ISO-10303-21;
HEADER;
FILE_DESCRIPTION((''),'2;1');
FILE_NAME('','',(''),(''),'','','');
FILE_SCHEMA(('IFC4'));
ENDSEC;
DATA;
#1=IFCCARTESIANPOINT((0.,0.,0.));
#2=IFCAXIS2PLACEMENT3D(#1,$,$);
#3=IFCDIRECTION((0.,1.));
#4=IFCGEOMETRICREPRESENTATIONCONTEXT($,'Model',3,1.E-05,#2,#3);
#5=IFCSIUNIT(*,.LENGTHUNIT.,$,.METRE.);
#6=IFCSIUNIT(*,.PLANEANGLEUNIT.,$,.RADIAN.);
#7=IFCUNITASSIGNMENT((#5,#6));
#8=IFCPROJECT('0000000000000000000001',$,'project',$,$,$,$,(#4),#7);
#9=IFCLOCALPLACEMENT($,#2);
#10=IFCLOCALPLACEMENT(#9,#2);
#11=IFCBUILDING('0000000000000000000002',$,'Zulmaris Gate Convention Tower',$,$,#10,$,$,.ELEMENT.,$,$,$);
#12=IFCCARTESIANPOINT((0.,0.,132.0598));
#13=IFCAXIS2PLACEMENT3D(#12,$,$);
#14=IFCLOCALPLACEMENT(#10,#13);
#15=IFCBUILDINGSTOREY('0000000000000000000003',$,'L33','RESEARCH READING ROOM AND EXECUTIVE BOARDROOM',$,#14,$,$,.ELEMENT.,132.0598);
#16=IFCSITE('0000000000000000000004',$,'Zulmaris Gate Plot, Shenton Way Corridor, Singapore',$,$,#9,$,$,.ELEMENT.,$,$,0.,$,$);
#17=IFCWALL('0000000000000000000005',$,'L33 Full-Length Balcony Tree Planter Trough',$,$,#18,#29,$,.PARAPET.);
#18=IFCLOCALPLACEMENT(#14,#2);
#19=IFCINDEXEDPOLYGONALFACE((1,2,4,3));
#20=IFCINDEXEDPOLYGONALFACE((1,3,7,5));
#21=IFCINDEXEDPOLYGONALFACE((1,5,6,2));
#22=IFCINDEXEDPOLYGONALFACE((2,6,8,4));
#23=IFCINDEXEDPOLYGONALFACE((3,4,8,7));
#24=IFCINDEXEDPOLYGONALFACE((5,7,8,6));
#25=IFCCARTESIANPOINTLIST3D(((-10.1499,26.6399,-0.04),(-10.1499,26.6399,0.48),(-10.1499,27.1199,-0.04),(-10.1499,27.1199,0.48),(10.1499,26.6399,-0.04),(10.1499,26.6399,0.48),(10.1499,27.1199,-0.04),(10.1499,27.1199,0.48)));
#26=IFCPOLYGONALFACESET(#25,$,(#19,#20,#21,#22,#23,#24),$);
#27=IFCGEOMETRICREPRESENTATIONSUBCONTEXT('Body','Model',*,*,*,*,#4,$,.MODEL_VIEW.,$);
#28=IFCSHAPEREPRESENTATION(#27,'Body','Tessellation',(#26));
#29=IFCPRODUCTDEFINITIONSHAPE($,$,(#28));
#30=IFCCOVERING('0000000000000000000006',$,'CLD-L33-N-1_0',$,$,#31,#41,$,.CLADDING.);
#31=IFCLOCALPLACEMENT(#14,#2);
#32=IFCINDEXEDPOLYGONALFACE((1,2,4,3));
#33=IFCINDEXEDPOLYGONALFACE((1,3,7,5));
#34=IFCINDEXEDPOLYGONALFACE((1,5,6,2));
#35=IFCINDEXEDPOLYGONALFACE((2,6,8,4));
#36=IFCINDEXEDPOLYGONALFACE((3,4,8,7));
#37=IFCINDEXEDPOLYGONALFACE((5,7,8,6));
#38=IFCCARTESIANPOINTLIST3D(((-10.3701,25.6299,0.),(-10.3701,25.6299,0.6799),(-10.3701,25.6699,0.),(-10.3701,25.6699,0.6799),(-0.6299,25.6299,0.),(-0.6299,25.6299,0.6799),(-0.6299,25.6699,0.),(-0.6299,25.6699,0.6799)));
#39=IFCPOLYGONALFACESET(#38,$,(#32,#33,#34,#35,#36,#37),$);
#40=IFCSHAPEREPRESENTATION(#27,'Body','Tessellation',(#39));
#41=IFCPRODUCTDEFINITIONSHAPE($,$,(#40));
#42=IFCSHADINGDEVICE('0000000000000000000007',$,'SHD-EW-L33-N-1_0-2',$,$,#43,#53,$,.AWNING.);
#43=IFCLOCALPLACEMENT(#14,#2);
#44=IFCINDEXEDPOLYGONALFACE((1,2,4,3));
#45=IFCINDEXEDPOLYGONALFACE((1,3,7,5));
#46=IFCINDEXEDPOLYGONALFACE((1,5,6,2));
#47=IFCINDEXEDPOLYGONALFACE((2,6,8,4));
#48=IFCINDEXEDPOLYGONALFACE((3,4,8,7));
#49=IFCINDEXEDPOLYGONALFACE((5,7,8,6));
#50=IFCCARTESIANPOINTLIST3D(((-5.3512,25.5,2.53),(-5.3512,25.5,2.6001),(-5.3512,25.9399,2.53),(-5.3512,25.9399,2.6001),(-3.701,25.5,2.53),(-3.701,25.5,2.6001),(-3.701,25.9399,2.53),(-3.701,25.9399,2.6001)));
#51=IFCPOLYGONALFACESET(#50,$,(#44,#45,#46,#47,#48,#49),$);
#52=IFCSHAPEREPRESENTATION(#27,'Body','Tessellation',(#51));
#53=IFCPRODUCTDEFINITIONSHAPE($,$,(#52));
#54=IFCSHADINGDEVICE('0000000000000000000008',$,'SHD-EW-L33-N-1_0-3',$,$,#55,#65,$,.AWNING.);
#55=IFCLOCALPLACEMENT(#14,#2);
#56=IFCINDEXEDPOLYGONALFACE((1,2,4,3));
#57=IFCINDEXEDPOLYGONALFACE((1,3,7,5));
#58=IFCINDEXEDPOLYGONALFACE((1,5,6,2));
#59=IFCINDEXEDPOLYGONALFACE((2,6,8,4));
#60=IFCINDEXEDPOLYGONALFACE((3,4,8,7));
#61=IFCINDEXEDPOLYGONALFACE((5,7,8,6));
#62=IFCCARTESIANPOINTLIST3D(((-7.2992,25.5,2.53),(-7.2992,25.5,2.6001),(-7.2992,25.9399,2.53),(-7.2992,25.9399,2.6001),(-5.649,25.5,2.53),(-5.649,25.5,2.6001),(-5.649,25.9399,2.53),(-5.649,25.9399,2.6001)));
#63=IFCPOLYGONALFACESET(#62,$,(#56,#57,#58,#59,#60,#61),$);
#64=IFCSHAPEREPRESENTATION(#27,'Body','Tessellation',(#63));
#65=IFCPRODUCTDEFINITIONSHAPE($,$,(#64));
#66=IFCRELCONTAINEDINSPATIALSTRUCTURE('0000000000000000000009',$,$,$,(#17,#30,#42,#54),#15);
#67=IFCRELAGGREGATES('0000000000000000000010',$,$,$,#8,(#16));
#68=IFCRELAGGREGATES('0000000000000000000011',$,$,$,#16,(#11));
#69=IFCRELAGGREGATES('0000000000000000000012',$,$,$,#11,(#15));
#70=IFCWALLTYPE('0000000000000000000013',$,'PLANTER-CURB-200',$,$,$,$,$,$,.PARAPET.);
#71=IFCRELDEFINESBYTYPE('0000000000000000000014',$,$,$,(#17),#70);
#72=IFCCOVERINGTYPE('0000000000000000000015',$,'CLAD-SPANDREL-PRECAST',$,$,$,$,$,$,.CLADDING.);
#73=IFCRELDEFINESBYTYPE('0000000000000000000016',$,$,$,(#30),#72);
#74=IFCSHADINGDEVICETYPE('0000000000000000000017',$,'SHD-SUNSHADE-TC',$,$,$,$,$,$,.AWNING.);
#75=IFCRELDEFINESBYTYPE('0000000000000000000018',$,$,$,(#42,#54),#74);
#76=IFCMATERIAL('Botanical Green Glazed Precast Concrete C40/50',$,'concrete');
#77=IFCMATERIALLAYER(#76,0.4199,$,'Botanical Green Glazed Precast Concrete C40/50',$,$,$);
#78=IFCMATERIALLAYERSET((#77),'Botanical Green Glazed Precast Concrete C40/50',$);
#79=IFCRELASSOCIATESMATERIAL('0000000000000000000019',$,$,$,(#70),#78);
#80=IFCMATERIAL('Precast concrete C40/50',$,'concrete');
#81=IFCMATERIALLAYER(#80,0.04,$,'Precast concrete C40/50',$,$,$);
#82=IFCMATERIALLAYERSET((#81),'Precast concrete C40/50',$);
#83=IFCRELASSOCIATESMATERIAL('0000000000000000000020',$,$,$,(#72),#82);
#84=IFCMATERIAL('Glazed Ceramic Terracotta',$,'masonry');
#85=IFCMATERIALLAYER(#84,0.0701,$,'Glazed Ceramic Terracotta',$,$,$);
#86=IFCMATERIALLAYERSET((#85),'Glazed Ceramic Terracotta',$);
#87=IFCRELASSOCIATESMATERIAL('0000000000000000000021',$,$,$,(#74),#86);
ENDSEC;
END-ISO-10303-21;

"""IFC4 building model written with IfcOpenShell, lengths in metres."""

from ifc_helpers import new_model, si_unit, direction, frame, frame_2d, origin, place, context, subcontext, project, spatial, rectangle, extrude, material, layer, layer_set, type_object, element, save


model = new_model("IFC4")

# Units and contexts
model_context = context("Model", 3, precision=1e-05, world=origin(), true_north=direction((0.0, 1.0)))
body_context = subcontext(model_context, "Body", "Model", "MODEL_VIEW")
ifc_project = project(units=[si_unit("LENGTHUNIT", "METRE"), si_unit("PLANEANGLEUNIT", "RADIAN")], contexts=[model_context])

# Site, building, storey
site_placement = place(None, origin())
site = spatial("IfcSite", under=ifc_project, at=site_placement, Name="Zulmaris Gate Plot, Shenton Way Corridor, Singapore", CompositionType="ELEMENT", RefElevation=0.0)
building_placement = place(site_placement, origin())
building = spatial("IfcBuilding", under=site, at=building_placement, Name="Zulmaris Gate Convention Tower", CompositionType="ELEMENT")
storey_placement = place(building_placement, frame((0.0, 0.0, 132.0598)))
storey = spatial("IfcBuildingStorey", under=building, at=storey_placement, Name="L33", Description="RESEARCH READING ROOM AND EXECUTIVE BOARDROOM", CompositionType="ELEMENT", Elevation=132.0598)

# Wall
ifc_material_1 = material(Name="Botanical Green Glazed Precast Concrete C40/50", Category="concrete")
ifc_layer_1 = layer(ifc_material_1, 0.4199, Name="Botanical Green Glazed Precast Concrete C40/50")
ifc_layer_set_1 = layer_set([ifc_layer_1], Name="Botanical Green Glazed Precast Concrete C40/50")
wall_type_1 = type_object("IfcWallType", Name="PLANTER-CURB-200", PredefinedType="PARAPET", material=ifc_layer_set_1)
wall_1_placement = place(storey_placement, frame((-10.1499, 26.8799, -0.04), z_axis=(0.0, 0.0, 1.0), x_axis=(1.0, 0.0, 0.0)))
element("IfcWall", 1, at=wall_1_placement, inside=storey, type_object=wall_type_1, Name="L33 Full-Length Balcony Tree Planter Trough", PredefinedType="PARAPET", context=body_context, shape_type="SweptSolid", body=[
    extrude(rectangle(XDim=20.2998, YDim=0.48, at=frame_2d((10.1499, 0.0))), origin(), (0.0, 0.0, 1.0), 0.52),
])

# Shared definitions
ifc_material_2 = material(Name="Precast concrete C40/50", Category="concrete")

# Covering
ifc_layer_2 = layer(ifc_material_2, 0.04, Name="Precast concrete C40/50")
ifc_layer_set_2 = layer_set([ifc_layer_2], Name="Precast concrete C40/50")
covering_type = type_object("IfcCoveringType", Name="CLAD-SPANDREL-PRECAST", PredefinedType="CLADDING", material=ifc_layer_set_2)
covering_placement = place(storey_placement, frame((-0.6299, 25.6499, 0.0), z_axis=(0.0, 0.0, 1.0), x_axis=(-1.0, 0.0, 0.0)))
element("IfcCovering", 2, at=covering_placement, inside=storey, type_object=covering_type, Name="CLD-L33-N-1_0", PredefinedType="CLADDING", context=body_context, shape_type="SweptSolid", body=[
    extrude(rectangle(XDim=9.7402, YDim=0.04, at=frame_2d((4.8701, 0.0))), origin(), (0.0, 0.0, 1.0), 0.6799),
])

# Shading devices
ifc_material_3 = material(Name="Glazed Ceramic Terracotta", Category="masonry")
ifc_layer_3 = layer(ifc_material_3, 0.0701, Name="Glazed Ceramic Terracotta")
ifc_layer_set_3 = layer_set([ifc_layer_3], Name="Glazed Ceramic Terracotta")
shading_device_type = type_object("IfcShadingDeviceType", Name="SHD-SUNSHADE-TC", PredefinedType="AWNING", material=ifc_layer_set_3)
for number, where, z_axis, x_axis, name in (
    (3, (-3.7009, 25.72, 2.53), (0.0, 0.0, 1.0), (-1.0, 0.0, 0.0), "SHD-EW-L33-N-1_0-2"),
    (4, (-5.6489, 25.72, 2.53), (0.0, 0.0, 1.0), (-1.0, 0.0, 0.0), "SHD-EW-L33-N-1_0-3"),
):
    element("IfcShadingDevice", number, at=place(storey_placement, frame(where, z_axis=z_axis, x_axis=x_axis)), inside=storey, type_object=shading_device_type, Name=name, PredefinedType="AWNING", context=body_context, shape_type="SweptSolid", body=[
        extrude(rectangle(XDim=1.6501, YDim=0.4399, at=frame_2d((0.8252, 0.0))), origin(), (0.0, 0.0, 1.0), 0.0701),
    ])

save(model, "model.ifc")
